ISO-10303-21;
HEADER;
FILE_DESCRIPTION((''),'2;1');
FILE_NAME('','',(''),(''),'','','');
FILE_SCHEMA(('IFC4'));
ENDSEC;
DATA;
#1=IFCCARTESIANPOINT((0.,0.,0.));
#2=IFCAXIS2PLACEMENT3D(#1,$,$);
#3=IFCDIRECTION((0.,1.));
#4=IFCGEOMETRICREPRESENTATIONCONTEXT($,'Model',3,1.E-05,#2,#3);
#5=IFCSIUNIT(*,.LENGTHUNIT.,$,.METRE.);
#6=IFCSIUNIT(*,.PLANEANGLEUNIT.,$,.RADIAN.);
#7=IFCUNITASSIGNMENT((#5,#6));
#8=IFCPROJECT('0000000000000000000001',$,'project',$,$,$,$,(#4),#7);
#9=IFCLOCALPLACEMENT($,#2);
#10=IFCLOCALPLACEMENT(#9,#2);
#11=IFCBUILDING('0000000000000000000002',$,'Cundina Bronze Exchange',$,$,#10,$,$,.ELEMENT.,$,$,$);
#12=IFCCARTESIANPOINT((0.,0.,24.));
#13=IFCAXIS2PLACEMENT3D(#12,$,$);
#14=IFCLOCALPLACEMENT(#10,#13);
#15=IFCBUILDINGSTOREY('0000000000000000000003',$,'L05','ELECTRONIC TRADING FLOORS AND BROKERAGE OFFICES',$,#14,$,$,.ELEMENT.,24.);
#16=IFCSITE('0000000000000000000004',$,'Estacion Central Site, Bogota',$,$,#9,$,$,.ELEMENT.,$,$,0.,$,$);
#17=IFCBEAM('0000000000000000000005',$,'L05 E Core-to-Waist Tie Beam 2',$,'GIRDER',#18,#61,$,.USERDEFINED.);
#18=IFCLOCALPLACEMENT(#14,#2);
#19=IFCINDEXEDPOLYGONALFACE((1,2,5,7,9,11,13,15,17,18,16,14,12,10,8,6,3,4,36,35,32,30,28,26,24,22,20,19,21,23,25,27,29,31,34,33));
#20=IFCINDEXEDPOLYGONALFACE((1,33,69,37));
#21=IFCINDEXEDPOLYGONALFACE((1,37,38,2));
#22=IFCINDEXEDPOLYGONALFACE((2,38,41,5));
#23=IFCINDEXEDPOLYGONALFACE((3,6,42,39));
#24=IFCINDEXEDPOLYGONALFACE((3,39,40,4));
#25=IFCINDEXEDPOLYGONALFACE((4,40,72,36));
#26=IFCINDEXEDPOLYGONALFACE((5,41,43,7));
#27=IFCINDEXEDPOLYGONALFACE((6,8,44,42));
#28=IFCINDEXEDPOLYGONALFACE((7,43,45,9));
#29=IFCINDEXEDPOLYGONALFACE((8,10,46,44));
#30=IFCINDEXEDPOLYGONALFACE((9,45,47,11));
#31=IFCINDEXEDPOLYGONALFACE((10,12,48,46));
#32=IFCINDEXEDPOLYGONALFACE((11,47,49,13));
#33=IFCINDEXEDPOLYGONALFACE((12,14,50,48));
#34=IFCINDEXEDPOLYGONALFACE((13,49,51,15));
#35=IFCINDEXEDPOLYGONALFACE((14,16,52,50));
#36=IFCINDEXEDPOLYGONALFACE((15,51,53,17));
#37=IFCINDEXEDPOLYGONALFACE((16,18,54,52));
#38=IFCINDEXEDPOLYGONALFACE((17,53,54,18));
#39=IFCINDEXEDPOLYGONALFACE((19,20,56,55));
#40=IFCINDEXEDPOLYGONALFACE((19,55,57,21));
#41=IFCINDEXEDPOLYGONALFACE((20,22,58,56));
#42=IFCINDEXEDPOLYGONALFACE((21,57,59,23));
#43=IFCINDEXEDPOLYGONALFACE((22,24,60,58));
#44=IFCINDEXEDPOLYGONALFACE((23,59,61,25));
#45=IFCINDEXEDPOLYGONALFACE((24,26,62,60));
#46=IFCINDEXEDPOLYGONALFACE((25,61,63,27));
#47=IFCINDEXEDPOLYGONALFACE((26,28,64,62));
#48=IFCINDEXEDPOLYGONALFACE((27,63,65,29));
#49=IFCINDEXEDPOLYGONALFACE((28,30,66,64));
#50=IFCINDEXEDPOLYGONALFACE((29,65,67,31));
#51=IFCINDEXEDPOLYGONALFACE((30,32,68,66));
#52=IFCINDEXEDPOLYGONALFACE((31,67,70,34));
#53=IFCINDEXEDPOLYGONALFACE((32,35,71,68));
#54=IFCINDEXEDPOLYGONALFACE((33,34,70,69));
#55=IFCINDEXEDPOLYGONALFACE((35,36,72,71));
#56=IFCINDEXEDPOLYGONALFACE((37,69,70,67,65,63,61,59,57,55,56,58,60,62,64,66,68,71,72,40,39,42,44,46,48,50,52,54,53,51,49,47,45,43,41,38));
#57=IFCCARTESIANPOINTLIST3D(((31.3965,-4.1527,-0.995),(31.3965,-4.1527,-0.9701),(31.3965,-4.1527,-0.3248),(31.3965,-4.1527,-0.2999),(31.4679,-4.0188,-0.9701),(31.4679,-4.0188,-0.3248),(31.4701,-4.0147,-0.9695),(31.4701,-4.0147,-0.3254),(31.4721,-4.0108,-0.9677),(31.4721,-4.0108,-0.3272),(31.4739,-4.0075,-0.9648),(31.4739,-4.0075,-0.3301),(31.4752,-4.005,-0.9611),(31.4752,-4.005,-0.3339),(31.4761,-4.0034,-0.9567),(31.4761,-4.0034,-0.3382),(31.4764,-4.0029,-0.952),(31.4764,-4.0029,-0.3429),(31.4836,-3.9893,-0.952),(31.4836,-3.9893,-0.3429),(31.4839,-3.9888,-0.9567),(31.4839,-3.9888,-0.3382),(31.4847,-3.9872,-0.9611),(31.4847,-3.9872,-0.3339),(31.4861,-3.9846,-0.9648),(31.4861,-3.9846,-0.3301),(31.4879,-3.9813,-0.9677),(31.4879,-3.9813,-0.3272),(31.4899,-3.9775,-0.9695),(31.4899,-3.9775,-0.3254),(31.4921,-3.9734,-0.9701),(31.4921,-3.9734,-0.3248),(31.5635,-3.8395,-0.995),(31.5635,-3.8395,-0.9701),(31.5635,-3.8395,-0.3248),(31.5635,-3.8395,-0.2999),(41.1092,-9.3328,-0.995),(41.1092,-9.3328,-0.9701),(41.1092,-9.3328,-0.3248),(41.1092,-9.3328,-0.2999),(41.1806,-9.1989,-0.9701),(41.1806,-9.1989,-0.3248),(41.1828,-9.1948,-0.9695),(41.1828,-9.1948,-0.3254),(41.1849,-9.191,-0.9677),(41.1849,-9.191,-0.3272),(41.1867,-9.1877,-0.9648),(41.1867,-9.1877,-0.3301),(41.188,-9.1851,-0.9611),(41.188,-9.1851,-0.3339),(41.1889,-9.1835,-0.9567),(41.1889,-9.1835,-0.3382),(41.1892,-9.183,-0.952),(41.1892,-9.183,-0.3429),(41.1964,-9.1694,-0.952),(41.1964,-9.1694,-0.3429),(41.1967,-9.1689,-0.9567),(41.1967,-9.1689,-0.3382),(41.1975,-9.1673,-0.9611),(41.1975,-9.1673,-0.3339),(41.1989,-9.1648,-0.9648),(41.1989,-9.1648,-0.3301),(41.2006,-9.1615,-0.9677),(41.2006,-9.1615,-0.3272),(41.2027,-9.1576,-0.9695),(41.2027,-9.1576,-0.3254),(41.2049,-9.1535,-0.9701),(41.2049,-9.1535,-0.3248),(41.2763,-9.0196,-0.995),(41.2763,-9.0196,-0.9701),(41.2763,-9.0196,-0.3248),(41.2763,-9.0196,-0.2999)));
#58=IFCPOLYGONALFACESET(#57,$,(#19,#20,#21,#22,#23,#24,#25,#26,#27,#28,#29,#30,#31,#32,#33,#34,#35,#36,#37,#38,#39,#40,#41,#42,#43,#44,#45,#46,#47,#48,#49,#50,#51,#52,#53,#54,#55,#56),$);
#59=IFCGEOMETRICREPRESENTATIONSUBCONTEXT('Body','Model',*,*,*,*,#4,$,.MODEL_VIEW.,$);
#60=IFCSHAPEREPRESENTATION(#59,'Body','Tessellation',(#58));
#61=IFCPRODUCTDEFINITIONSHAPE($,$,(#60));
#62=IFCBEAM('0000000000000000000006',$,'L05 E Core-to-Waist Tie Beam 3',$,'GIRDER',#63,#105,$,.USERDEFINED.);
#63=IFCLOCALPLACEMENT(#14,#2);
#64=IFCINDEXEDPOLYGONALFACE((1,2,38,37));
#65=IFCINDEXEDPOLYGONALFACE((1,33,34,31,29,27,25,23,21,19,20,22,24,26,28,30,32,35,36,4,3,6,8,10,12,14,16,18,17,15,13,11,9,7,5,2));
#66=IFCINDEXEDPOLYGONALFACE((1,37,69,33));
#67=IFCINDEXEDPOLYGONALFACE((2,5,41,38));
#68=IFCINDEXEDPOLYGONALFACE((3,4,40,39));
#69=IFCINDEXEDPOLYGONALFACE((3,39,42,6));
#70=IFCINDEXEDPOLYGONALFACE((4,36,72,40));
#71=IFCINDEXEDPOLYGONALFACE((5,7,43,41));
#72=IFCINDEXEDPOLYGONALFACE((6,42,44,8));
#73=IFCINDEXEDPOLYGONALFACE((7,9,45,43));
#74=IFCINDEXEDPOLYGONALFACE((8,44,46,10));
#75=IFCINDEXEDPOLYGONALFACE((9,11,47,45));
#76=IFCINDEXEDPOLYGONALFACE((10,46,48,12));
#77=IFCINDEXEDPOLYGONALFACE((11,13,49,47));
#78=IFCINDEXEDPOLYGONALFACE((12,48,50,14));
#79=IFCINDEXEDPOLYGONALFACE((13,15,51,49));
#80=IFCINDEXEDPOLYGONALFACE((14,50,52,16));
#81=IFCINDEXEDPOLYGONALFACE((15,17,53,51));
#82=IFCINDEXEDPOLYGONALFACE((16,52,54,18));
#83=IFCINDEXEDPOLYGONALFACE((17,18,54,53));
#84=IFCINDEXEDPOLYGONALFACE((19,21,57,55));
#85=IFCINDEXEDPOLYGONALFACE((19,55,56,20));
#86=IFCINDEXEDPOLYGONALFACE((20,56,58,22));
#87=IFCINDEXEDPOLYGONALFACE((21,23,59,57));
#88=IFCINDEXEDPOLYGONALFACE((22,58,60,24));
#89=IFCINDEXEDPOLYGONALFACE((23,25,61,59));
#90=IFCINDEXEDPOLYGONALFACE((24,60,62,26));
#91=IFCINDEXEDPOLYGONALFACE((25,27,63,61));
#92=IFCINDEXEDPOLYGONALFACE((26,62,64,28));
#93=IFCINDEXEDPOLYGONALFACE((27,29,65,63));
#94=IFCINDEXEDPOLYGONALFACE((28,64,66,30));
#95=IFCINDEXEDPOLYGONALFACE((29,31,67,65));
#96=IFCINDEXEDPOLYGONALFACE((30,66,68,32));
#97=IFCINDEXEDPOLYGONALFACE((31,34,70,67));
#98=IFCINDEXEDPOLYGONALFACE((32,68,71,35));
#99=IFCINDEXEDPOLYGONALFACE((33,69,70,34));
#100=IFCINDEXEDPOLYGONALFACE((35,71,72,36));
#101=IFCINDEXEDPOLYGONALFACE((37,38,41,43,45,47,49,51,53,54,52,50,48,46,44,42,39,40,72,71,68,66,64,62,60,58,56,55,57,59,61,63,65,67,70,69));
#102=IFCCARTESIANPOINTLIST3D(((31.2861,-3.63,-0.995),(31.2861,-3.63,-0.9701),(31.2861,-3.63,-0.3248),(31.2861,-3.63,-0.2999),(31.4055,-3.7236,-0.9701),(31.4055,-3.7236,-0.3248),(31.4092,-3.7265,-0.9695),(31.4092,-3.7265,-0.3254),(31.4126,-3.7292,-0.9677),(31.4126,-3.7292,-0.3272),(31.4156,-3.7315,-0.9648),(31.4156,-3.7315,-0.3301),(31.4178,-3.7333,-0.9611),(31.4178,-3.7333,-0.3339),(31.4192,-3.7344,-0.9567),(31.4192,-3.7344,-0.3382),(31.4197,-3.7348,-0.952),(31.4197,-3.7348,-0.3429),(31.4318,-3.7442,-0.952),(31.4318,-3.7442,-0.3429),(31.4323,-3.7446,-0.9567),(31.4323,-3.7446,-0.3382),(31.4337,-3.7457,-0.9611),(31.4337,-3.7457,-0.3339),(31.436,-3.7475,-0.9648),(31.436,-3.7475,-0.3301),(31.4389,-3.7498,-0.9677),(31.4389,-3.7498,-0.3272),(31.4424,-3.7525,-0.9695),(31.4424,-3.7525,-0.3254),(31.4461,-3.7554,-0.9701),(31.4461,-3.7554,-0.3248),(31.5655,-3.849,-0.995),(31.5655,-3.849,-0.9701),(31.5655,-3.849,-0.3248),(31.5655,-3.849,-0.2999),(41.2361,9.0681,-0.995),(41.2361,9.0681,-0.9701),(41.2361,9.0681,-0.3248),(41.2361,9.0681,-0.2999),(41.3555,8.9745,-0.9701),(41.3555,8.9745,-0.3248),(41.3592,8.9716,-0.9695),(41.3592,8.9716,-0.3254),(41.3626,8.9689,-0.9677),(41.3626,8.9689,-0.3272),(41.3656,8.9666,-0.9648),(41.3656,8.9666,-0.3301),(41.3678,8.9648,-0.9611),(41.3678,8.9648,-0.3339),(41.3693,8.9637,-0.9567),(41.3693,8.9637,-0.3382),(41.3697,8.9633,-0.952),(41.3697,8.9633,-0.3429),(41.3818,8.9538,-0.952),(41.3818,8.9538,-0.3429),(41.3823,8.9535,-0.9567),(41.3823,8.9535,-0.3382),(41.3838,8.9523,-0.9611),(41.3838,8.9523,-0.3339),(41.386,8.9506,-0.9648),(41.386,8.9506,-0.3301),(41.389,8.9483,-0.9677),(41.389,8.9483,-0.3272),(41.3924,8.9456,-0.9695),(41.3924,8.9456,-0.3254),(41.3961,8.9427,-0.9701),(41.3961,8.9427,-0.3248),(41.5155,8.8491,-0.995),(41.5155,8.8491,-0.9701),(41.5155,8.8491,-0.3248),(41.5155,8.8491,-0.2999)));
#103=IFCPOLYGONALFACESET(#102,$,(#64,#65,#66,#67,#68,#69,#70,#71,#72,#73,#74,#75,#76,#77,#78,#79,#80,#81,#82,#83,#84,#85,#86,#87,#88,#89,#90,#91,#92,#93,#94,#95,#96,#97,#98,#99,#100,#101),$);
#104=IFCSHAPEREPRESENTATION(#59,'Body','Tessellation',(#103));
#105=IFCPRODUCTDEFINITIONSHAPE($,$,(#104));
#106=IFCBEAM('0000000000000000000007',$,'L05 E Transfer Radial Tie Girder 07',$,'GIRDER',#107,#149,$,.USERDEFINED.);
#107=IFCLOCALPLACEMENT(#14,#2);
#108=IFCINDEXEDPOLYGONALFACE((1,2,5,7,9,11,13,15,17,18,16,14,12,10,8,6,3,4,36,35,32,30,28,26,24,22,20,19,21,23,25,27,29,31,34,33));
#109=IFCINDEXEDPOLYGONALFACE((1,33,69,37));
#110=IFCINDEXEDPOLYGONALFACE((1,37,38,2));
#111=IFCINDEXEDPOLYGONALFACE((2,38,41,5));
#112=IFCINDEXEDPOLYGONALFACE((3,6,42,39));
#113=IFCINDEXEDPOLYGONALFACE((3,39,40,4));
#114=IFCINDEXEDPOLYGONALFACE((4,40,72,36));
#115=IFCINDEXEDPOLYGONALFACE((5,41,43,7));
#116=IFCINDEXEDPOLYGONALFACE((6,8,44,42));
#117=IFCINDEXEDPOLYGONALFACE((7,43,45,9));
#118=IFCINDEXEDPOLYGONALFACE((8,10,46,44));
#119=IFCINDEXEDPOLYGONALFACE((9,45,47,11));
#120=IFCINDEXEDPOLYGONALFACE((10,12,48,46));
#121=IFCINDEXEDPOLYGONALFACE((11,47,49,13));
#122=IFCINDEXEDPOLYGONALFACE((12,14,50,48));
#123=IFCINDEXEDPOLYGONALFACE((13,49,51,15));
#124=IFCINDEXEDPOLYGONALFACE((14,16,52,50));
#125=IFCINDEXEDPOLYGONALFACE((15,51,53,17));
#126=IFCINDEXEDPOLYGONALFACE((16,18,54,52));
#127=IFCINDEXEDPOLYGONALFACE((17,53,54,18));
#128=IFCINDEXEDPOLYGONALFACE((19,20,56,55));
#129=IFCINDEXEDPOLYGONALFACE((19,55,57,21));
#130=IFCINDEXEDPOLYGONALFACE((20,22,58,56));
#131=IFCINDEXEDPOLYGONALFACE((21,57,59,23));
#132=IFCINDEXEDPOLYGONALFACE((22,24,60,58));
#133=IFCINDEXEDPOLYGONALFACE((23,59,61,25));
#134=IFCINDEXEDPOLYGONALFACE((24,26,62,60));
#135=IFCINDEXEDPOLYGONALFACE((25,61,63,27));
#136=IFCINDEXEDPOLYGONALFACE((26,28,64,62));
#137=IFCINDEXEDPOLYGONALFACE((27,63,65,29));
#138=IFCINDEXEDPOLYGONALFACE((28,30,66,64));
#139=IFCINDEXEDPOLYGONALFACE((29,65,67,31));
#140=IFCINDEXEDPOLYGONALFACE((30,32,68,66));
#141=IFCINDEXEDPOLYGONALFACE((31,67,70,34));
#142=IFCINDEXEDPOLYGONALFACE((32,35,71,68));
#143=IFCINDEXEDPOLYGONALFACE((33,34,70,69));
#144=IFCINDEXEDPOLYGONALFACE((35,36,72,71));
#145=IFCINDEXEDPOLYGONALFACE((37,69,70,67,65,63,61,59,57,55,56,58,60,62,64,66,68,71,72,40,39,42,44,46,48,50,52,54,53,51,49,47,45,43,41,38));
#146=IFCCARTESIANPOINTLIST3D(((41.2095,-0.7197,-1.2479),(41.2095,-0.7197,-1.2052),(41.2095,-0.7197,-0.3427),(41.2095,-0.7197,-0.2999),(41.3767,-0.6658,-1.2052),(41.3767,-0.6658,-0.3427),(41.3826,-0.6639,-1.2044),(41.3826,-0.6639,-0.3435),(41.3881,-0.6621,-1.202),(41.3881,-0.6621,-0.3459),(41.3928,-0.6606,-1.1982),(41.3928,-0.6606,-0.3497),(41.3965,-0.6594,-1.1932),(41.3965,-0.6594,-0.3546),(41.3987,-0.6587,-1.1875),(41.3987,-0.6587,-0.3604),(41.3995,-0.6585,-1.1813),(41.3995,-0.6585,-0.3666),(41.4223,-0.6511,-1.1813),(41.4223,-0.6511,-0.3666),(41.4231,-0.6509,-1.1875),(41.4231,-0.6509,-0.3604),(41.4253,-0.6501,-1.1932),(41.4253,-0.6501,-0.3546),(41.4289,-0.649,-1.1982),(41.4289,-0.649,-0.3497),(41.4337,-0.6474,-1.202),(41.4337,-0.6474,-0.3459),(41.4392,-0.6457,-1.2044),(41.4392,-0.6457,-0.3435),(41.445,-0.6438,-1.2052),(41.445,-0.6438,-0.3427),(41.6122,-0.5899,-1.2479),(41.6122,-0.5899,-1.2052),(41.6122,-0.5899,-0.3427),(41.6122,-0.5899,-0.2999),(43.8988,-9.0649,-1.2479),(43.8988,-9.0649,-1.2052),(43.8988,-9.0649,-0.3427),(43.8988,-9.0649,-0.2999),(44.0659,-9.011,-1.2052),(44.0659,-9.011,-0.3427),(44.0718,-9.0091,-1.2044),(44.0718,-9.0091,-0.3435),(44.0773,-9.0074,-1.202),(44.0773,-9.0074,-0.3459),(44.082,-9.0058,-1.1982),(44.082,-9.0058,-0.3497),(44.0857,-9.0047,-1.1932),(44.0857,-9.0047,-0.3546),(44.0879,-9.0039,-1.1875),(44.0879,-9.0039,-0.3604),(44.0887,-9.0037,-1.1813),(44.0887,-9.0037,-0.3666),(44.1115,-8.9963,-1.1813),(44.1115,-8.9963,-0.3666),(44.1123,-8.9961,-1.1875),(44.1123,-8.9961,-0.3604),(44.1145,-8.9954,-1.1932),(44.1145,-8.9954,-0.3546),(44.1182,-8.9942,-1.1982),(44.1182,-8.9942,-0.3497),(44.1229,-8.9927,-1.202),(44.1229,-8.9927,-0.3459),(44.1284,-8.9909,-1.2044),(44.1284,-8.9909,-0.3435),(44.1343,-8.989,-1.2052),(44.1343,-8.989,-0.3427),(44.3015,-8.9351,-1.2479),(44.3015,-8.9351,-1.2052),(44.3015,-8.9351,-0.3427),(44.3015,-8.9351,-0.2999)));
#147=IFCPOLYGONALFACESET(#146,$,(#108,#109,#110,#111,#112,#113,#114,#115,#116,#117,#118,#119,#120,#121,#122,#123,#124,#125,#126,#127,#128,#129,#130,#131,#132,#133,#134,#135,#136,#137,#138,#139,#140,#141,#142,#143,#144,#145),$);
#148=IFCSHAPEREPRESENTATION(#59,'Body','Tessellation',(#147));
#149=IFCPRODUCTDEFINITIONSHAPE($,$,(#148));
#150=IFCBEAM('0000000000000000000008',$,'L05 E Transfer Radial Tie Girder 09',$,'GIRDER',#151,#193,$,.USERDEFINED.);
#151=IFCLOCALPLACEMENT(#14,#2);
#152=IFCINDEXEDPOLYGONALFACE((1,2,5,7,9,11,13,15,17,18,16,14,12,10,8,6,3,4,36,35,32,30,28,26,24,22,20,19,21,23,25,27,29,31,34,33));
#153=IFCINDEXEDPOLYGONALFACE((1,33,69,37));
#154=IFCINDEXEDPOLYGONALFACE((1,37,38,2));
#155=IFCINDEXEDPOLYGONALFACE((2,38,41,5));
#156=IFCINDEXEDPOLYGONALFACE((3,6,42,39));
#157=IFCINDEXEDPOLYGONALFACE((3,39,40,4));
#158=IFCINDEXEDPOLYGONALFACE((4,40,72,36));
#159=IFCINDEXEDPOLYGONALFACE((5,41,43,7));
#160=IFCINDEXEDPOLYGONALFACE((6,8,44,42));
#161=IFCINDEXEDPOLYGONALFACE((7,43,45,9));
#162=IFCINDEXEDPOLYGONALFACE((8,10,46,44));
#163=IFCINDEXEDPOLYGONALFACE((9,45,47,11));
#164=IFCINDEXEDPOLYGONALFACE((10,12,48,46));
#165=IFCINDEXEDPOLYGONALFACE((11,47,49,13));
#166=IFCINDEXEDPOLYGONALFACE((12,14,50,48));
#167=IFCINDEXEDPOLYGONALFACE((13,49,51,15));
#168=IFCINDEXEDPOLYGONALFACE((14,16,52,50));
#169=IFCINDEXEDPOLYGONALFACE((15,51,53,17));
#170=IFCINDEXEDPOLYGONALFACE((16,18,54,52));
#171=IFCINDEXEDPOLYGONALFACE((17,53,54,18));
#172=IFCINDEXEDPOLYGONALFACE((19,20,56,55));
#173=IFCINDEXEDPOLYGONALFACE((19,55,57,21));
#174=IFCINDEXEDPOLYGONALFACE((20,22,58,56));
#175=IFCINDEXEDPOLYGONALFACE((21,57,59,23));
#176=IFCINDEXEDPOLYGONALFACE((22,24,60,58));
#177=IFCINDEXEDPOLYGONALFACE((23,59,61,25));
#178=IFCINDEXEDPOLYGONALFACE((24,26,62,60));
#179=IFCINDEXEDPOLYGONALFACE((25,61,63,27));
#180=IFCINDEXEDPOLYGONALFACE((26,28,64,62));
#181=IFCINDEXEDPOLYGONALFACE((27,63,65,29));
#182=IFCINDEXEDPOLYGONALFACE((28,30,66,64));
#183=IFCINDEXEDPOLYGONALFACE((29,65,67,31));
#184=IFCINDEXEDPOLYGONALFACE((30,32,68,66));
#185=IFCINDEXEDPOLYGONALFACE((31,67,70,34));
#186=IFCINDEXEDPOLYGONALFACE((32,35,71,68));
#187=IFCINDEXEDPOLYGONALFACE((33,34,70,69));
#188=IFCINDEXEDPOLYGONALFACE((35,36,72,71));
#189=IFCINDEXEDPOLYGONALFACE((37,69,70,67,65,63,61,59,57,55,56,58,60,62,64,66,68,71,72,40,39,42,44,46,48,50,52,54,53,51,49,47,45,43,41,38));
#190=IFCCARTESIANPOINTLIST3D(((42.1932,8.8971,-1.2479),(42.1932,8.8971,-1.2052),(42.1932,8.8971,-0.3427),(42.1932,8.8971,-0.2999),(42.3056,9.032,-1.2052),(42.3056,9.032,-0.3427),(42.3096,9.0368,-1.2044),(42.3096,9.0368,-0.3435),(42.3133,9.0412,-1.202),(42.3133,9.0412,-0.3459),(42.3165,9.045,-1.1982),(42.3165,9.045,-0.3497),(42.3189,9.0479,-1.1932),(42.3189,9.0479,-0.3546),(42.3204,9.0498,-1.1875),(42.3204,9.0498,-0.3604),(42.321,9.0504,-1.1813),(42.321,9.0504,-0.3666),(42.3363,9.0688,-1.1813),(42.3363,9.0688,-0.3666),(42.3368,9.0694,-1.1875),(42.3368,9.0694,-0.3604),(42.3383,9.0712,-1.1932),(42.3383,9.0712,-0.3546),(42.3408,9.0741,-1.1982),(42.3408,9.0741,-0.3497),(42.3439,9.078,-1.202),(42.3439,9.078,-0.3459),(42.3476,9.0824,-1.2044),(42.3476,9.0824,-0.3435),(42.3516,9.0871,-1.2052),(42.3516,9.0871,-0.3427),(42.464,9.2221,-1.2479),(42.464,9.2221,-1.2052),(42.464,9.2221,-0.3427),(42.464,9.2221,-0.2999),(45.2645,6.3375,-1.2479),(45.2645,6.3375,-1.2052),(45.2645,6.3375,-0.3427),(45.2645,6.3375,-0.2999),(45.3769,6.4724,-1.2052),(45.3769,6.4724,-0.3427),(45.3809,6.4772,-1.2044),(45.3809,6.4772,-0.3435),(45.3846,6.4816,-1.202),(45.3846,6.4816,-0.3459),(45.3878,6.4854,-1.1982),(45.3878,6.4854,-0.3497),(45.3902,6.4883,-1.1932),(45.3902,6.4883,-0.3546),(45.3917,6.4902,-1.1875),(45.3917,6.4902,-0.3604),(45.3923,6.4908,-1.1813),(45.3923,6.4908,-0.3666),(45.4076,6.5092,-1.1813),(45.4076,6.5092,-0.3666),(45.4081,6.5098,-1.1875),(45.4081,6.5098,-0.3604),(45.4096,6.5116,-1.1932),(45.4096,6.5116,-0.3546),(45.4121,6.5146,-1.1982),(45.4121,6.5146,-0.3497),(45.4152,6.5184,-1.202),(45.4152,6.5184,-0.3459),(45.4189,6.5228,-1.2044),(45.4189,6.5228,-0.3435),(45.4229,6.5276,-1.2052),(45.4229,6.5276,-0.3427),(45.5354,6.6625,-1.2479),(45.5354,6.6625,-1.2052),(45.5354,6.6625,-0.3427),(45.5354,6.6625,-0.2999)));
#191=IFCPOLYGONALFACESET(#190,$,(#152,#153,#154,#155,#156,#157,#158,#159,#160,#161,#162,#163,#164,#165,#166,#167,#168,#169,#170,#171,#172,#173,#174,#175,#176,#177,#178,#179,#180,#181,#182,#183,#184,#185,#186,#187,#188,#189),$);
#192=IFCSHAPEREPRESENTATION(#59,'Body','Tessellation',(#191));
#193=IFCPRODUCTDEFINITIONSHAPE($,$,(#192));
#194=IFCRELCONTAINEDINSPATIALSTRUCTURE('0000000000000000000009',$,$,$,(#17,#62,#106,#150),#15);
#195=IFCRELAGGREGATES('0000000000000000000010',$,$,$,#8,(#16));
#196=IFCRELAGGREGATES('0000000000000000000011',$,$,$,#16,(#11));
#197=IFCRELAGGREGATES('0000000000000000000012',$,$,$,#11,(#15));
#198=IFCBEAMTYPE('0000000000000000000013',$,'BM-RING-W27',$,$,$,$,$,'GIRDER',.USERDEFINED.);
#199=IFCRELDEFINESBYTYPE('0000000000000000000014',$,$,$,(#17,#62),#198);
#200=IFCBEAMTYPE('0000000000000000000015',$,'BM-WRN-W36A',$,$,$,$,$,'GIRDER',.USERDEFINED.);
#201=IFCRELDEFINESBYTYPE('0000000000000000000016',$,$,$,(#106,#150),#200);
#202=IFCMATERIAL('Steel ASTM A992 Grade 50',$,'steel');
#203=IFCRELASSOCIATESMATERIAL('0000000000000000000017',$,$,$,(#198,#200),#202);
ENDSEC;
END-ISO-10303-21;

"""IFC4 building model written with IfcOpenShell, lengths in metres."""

from ifc_helpers import new_model, si_unit, direction, frame, origin, origin_2d, place, context, subcontext, project, spatial, i_section, extrude, material, material_profile, profile_set, type_object, element, save


model = new_model("IFC4")

# Units and contexts
model_context = context("Model", 3, precision=1e-05, world=origin(), true_north=direction((0.0, 1.0)))
body_context = subcontext(model_context, "Body", "Model", "MODEL_VIEW")
ifc_project = project(units=[si_unit("LENGTHUNIT", "METRE"), si_unit("PLANEANGLEUNIT", "RADIAN")], contexts=[model_context])

# Site, building, storey
site_placement = place(None, origin())
site = spatial("IfcSite", under=ifc_project, at=site_placement, Name="Estacion Central Site, Bogota", CompositionType="ELEMENT", RefElevation=0.0)
building_placement = place(site_placement, origin())
building = spatial("IfcBuilding", under=site, at=building_placement, Name="Cundina Bronze Exchange", CompositionType="ELEMENT")
storey_placement = place(building_placement, frame((0.0, 0.0, 24.0)))
storey = spatial("IfcBuildingStorey", under=building, at=storey_placement, Name="L05", Description="ELECTRONIC TRADING FLOORS AND BROKERAGE OFFICES", CompositionType="ELEMENT", Elevation=24.0)

# Shared definitions
ifc_material_1 = material(Name="Steel ASTM A992 Grade 50", Category="steel")

# Beams
ifc_material_profile_1 = material_profile(ifc_material_1, i_section(OverallWidth=0.355, OverallDepth=0.6951, WebThickness=0.0154, FlangeThickness=0.0249, FilletRadius=0.0181, at=origin_2d()), Name="W27X146", Category="steel")
ifc_profile_set_1 = profile_set([ifc_material_profile_1], Name="Steel ASTM A992 Grade 50")
beam_type_1 = type_object("IfcBeamType", Name="BM-RING-W27", ElementType="GIRDER", PredefinedType="USERDEFINED", material=ifc_profile_set_1)
beam_1_placement = place(storey_placement, frame((31.48, -3.9961, -0.6475), z_axis=(0.882354, -0.470586, 0.0), x_axis=(0.470586, 0.882354, 0.0)))
element("IfcBeam", 1, at=beam_1_placement, inside=storey, type_object=beam_type_1, Name="L05 E Core-to-Waist Tie Beam 2", ObjectType="GIRDER", PredefinedType="USERDEFINED", context=body_context, shape_type="SweptSolid", body=[
    extrude(i_section(OverallWidth=0.355, OverallDepth=0.6951, WebThickness=0.0154, FlangeThickness=0.0249, FilletRadius=0.0181, at=origin_2d()), origin(), (0.0, 0.0, 1.0), 11.0078),
])
beam_2_placement = place(storey_placement, frame((31.4258, -3.7395, -0.6475), z_axis=(0.616784, 0.787132, 0.0), x_axis=(-0.787132, 0.616784, 0.0)))
element("IfcBeam", 2, at=beam_2_placement, inside=storey, type_object=beam_type_1, Name="L05 E Core-to-Waist Tie Beam 3", ObjectType="GIRDER", PredefinedType="USERDEFINED", context=body_context, shape_type="SweptSolid", body=[
    extrude(i_section(OverallWidth=0.355, OverallDepth=0.6951, WebThickness=0.0154, FlangeThickness=0.0249, FilletRadius=0.0181, at=origin_2d()), origin(), (0.0, 0.0, 1.0), 16.1321),
])
ifc_material_profile_2 = material_profile(ifc_material_1, i_section(OverallWidth=0.4231, OverallDepth=0.948, WebThickness=0.0239, FlangeThickness=0.0427, FilletRadius=0.0239, at=origin_2d()), Name="W36X302", Category="steel")
ifc_profile_set_2 = profile_set([ifc_material_profile_2], Name="Steel ASTM A992 Grade 50")
beam_type_2 = type_object("IfcBeamType", Name="BM-WRN-W36A", ElementType="GIRDER", PredefinedType="USERDEFINED", material=ifc_profile_set_2)
beam_3_placement = place(storey_placement, frame((41.4109, -0.6548, -0.7739), z_axis=(0.306714, -0.951802, 0.0), x_axis=(0.951802, 0.306714, 0.0)))
element("IfcBeam", 3, at=beam_3_placement, inside=storey, type_object=beam_type_2, Name="L05 E Transfer Radial Tie Girder 07", ObjectType="GIRDER", PredefinedType="USERDEFINED", context=body_context, shape_type="SweptSolid", body=[
    extrude(i_section(OverallWidth=0.4231, OverallDepth=0.948, WebThickness=0.0239, FlangeThickness=0.0427, FilletRadius=0.0239, at=origin_2d()), origin(), (0.0, 0.0, 1.0), 8.7678),
])
beam_4_placement = place(storey_placement, frame((42.3286, 9.0596, -0.7739), z_axis=(0.768201, -0.640208, 0.0), x_axis=(0.640208, 0.768201, 0.0)))
element("IfcBeam", 4, at=beam_4_placement, inside=storey, type_object=beam_type_2, Name="L05 E Transfer Radial Tie Girder 09", ObjectType="GIRDER", PredefinedType="USERDEFINED", context=body_context, shape_type="SweptSolid", body=[
    extrude(i_section(OverallWidth=0.4231, OverallDepth=0.948, WebThickness=0.0239, FlangeThickness=0.0427, FilletRadius=0.0239, at=origin_2d()), origin(), (0.0, 0.0, 1.0), 3.998),
])

save(model, "model.ifc")
